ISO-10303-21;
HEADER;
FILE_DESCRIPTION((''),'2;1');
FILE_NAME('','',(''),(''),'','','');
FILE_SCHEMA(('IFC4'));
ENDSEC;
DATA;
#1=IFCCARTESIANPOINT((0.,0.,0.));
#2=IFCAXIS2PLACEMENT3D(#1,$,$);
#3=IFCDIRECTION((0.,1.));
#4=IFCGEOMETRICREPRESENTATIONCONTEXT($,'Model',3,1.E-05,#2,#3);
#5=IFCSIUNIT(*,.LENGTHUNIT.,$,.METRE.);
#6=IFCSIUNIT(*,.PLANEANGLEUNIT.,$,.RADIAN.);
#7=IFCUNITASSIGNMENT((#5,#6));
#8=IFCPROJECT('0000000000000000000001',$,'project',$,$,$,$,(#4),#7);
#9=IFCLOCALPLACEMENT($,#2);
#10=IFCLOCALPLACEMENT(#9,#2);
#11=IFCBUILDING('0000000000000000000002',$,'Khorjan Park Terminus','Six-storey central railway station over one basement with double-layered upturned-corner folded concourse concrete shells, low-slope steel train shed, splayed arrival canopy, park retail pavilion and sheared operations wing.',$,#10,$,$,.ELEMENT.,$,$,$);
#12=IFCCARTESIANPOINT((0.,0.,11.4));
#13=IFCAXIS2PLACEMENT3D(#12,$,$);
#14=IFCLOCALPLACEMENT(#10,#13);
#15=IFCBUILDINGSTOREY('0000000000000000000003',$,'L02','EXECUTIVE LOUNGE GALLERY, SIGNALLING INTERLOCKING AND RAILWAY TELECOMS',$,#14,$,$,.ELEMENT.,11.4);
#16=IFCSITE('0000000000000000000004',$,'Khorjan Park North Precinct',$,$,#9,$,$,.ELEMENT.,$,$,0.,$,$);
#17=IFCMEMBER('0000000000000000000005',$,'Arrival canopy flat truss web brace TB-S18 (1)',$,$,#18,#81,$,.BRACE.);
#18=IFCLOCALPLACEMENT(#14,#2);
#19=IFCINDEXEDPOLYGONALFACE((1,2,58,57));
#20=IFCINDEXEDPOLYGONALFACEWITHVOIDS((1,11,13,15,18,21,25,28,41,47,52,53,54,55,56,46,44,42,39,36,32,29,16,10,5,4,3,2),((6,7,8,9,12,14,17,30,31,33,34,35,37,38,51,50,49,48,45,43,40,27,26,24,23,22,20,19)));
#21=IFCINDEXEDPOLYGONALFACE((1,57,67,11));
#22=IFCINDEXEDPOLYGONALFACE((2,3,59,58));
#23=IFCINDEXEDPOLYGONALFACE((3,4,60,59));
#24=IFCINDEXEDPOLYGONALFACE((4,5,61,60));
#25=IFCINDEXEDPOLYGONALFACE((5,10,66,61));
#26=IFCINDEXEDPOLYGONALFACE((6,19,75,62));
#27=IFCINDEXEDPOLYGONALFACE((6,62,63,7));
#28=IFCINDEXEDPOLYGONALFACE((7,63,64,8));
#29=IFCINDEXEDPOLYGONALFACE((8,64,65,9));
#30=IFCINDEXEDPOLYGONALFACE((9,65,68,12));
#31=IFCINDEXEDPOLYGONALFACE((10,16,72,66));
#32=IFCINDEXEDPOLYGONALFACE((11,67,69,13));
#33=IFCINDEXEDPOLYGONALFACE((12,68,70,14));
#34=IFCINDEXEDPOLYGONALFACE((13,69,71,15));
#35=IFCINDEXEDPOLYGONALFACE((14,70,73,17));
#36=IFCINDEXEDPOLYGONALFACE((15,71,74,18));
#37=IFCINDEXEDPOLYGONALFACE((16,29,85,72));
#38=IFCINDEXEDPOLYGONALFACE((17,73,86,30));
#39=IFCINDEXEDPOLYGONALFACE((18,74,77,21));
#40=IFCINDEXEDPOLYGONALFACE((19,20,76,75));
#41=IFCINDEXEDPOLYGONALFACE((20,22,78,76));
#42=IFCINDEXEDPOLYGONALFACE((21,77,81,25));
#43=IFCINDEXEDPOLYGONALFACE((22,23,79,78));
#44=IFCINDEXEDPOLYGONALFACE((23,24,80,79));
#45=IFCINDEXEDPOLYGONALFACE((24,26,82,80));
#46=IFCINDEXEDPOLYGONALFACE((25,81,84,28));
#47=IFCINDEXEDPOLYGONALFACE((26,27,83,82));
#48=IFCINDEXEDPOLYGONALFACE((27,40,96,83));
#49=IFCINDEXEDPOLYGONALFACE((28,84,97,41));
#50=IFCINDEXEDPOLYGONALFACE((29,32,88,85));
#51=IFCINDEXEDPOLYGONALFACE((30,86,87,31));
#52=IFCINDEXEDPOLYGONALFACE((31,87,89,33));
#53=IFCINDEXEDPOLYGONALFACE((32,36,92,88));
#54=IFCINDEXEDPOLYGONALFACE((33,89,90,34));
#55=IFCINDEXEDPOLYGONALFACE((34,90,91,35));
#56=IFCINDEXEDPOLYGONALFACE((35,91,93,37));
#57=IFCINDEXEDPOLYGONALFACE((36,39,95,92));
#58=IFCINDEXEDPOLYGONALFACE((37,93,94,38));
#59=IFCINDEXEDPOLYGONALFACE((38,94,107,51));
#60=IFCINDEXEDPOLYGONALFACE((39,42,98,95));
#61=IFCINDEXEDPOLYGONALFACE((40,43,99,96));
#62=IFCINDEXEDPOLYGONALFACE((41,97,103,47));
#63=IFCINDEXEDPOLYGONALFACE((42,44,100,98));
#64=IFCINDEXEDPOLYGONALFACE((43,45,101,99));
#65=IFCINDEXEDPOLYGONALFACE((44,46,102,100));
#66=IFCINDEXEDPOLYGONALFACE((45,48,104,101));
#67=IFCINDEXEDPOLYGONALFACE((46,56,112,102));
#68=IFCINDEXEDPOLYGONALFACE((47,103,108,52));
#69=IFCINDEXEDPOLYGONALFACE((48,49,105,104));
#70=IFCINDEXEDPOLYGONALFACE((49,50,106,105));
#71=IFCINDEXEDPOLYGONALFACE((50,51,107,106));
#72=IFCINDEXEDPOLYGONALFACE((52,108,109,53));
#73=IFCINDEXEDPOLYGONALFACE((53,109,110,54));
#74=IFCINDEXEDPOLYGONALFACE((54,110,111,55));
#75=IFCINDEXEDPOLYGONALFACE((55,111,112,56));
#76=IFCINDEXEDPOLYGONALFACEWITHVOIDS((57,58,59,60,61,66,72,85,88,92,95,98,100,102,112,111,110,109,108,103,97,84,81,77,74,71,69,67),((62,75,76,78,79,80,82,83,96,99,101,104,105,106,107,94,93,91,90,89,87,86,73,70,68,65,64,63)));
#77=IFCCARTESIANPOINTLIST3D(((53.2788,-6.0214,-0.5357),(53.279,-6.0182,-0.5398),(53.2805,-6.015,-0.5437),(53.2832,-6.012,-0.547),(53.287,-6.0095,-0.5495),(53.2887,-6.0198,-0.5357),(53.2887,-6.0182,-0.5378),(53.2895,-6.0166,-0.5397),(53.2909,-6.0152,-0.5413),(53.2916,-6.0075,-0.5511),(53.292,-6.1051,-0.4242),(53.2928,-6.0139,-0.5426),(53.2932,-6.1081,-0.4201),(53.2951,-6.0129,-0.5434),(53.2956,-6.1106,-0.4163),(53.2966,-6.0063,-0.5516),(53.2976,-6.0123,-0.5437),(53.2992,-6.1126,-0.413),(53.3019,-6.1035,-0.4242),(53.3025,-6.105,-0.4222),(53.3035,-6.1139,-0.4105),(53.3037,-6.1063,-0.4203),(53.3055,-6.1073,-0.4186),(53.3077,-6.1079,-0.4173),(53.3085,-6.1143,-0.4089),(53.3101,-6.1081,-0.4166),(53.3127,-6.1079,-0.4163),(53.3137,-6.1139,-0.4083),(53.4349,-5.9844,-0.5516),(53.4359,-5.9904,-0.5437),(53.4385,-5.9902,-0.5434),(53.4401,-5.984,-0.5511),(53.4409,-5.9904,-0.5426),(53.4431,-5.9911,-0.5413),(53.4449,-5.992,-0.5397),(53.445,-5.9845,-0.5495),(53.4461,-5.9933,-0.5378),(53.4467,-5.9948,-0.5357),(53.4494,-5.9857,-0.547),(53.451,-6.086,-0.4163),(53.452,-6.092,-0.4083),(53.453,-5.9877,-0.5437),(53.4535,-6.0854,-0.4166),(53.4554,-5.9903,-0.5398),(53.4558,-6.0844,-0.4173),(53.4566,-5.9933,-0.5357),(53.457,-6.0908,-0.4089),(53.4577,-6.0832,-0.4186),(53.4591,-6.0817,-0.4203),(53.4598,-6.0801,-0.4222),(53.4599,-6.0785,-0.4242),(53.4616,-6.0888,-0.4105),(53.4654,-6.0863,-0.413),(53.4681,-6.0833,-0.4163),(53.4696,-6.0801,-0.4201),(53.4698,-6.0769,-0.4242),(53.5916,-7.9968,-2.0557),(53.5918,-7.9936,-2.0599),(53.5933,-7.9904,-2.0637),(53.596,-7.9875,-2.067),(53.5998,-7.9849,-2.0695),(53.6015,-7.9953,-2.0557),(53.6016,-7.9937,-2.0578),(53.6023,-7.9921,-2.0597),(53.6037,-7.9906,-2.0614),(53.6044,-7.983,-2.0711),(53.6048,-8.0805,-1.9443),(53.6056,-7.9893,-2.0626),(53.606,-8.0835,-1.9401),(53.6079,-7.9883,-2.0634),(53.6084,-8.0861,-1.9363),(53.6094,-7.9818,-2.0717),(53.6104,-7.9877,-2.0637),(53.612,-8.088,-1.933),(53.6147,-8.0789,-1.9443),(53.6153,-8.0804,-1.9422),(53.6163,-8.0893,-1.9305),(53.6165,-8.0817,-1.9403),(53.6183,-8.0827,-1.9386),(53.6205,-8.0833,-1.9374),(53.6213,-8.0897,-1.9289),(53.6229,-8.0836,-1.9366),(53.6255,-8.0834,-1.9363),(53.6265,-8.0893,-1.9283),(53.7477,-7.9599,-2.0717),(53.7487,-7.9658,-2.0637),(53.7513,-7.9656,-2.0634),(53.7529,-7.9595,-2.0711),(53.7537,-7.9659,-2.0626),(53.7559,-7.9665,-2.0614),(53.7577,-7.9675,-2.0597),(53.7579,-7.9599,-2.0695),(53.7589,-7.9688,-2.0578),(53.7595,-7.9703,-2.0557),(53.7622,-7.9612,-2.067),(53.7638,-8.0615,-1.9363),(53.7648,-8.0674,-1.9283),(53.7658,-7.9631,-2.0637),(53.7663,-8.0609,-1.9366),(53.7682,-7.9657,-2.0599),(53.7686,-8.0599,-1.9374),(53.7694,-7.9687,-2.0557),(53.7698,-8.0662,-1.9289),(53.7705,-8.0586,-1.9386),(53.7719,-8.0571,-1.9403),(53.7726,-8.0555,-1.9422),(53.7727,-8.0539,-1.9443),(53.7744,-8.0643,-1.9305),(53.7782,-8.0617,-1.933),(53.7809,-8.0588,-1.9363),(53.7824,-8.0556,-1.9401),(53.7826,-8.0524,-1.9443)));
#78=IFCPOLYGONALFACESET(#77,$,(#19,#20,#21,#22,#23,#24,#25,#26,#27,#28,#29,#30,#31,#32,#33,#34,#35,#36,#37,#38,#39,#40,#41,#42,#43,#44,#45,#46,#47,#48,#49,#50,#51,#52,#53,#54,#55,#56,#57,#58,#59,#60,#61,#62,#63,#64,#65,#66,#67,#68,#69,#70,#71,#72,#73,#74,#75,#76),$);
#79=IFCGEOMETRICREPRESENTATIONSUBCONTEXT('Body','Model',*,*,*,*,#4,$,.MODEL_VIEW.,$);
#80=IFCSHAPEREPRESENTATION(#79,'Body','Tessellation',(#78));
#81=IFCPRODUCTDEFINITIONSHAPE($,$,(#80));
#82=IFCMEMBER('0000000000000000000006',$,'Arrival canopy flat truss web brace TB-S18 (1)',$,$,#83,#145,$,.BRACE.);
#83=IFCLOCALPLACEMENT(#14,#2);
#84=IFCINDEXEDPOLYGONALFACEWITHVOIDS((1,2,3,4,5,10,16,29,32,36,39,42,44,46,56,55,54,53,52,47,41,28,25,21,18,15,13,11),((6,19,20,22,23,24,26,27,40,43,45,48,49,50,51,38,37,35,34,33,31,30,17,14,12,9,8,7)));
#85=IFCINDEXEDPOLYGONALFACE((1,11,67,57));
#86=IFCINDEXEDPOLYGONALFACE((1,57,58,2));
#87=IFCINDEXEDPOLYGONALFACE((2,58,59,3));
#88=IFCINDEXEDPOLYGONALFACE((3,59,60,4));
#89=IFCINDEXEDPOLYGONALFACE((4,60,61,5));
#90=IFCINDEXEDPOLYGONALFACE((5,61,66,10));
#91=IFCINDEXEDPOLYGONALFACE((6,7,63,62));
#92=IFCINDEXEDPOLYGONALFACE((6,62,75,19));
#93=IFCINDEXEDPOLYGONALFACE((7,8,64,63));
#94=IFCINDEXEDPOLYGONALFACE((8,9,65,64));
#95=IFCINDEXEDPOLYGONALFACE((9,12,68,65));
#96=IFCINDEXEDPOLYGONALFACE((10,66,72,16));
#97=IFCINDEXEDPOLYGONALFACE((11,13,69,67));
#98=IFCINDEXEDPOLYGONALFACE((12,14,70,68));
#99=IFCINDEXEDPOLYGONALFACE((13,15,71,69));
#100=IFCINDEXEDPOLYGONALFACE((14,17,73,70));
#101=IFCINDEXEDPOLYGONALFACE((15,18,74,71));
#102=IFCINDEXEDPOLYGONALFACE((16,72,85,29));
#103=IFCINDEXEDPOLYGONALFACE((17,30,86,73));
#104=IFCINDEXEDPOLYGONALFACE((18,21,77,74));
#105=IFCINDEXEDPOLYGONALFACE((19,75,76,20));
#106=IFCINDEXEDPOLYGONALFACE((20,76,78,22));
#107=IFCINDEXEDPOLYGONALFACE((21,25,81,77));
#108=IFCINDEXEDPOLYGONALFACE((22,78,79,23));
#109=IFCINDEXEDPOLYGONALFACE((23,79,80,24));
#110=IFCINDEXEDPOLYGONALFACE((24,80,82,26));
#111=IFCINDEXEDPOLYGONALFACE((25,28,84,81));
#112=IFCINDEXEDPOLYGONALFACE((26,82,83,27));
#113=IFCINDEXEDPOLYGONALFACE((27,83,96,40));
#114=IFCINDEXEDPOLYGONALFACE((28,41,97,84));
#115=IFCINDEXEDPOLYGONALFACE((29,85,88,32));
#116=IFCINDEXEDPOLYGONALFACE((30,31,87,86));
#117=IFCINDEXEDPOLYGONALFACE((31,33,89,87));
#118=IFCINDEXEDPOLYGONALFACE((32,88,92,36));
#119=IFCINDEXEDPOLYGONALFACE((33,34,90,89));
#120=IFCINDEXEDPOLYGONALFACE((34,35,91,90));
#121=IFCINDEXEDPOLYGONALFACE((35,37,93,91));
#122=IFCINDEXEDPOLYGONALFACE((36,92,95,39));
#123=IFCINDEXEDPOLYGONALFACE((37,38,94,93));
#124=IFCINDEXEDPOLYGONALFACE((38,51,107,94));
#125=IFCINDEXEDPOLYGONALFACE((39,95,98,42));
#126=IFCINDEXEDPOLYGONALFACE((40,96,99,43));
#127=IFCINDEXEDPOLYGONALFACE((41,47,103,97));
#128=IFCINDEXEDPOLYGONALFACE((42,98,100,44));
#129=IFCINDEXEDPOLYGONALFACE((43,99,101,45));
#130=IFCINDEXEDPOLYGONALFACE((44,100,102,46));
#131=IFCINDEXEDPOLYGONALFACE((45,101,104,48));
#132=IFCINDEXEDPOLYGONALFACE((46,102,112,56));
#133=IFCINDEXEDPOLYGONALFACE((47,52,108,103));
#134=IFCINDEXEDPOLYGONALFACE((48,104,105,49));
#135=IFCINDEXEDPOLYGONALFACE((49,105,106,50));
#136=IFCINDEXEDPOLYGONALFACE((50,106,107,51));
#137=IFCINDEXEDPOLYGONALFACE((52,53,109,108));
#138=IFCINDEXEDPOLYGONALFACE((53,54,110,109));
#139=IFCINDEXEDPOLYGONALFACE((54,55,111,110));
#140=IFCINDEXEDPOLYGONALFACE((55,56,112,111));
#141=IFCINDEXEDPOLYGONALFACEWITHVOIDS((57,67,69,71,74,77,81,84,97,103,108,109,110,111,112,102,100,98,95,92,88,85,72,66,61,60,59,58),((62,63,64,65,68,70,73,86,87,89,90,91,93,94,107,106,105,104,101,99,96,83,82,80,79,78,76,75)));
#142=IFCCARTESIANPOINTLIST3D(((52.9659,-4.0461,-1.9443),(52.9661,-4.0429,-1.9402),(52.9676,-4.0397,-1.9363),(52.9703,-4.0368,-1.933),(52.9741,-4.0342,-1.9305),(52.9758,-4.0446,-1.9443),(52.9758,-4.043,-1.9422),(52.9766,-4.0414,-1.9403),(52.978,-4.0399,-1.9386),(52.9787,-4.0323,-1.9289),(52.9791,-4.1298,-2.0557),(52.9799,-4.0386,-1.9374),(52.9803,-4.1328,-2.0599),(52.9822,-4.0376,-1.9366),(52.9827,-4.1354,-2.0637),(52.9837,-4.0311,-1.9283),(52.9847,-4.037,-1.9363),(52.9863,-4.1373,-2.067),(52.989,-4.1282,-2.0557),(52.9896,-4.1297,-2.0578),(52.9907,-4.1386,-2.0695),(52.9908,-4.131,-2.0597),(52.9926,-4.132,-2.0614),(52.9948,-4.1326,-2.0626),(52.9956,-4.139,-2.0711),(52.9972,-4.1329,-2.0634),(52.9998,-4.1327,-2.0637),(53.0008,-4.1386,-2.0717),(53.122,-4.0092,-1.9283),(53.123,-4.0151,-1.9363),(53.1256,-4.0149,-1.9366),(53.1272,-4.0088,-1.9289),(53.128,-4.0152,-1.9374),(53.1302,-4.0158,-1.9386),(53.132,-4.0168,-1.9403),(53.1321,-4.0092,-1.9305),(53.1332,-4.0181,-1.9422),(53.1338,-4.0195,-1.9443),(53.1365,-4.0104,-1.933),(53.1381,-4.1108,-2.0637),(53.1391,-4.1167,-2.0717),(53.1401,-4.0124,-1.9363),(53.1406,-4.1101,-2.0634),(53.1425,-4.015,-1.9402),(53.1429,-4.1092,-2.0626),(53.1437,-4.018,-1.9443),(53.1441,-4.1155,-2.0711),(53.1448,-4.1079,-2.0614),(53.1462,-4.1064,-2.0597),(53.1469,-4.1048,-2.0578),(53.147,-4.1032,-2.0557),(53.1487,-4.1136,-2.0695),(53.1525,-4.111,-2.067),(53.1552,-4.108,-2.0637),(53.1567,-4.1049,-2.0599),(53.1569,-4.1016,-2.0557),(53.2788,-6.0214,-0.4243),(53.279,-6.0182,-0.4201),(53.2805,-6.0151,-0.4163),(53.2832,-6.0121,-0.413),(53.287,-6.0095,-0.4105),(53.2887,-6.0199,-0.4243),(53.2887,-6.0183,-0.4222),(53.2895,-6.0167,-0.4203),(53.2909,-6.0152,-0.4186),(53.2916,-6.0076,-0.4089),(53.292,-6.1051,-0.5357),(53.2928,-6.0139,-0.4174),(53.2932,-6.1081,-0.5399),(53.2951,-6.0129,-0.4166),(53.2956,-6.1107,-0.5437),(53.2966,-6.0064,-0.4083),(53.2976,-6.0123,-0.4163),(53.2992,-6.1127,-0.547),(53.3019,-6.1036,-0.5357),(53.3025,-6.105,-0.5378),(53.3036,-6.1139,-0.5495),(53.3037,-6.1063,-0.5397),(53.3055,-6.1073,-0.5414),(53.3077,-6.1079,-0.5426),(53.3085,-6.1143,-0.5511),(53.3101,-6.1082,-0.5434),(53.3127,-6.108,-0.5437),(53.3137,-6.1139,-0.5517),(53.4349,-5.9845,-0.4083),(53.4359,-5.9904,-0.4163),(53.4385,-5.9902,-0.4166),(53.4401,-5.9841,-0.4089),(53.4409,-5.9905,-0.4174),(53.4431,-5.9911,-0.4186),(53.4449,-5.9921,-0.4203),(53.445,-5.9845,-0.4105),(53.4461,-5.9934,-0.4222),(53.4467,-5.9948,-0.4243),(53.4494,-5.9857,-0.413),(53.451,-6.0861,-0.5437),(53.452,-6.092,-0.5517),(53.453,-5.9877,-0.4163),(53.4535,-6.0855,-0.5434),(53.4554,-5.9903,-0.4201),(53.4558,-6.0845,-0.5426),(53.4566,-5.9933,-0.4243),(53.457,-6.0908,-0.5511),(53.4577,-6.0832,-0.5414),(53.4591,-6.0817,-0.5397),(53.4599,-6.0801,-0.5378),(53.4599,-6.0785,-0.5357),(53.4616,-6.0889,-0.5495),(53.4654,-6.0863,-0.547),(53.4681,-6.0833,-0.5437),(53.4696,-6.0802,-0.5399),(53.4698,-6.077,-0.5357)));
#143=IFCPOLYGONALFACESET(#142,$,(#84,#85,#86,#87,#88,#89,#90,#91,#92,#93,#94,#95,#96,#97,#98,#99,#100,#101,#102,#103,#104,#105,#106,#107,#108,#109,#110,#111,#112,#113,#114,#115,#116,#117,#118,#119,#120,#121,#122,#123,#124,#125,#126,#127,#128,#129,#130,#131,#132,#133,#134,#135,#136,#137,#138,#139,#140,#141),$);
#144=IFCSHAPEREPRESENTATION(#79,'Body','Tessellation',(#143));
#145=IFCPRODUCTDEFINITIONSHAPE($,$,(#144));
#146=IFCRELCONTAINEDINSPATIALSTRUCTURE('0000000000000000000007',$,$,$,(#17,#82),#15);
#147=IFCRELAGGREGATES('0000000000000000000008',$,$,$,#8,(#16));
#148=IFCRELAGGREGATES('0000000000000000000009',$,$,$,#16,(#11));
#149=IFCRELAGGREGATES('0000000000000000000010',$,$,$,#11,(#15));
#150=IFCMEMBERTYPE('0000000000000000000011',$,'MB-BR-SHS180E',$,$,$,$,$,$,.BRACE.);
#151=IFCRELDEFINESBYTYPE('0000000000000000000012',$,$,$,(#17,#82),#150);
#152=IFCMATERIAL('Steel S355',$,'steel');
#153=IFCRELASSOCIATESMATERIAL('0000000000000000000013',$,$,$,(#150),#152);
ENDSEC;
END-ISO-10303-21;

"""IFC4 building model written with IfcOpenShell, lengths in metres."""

from ifc_helpers import new_model, si_unit, direction, frame, origin, origin_2d, place, context, subcontext, project, spatial, hollow_rectangle, extrude, material, material_profile, profile_set, type_object, element, save


model = new_model("IFC4")

# Units and contexts
model_context = context("Model", 3, precision=1e-05, world=origin(), true_north=direction((0.0, 1.0)))
body_context = subcontext(model_context, "Body", "Model", "MODEL_VIEW")
ifc_project = project(units=[si_unit("LENGTHUNIT", "METRE"), si_unit("PLANEANGLEUNIT", "RADIAN")], contexts=[model_context])

# Site, building, storey
site_placement = place(None, origin())
site = spatial("IfcSite", under=ifc_project, at=site_placement, Name="Khorjan Park North Precinct", CompositionType="ELEMENT", RefElevation=0.0)
building_placement = place(site_placement, origin())
building = spatial("IfcBuilding", under=site, at=building_placement, Name="Khorjan Park Terminus", Description="Six-storey central railway station over one basement with double-layered upturned-corner folded concourse concrete shells, low-slope steel train shed, splayed arrival canopy, park retail pavilion and sheared operations wing.", CompositionType="ELEMENT")
storey_placement = place(building_placement, frame((0.0, 0.0, 11.4)))
storey = spatial("IfcBuildingStorey", under=building, at=storey_placement, Name="L02", Description="EXECUTIVE LOUNGE GALLERY, SIGNALLING INTERLOCKING AND RAILWAY TELECOMS", CompositionType="ELEMENT", Elevation=11.4)

# Members
ifc_material_1 = material(Name="Steel S355", Category="steel")
ifc_material_profile_1 = material_profile(ifc_material_1, hollow_rectangle(XDim=0.18, YDim=0.18, WallThickness=0.01, InnerFilletRadius=0.01, OuterFilletRadius=0.02, at=origin_2d()), Name="SHS 180x180x10")
ifc_profile_set_1 = profile_set([ifc_material_profile_1], Name="Steel S355")
member_type_1 = type_object("IfcMemberType", Name="MB-BR-SHS180E", PredefinedType="BRACE", material=ifc_profile_set_1)
member_1_placement = place(storey_placement, frame((53.6871, -8.0246, -2.0), z_axis=(-0.124519, 0.786366, 0.605081), x_axis=(-0.987694, -0.156399, 0.0)))
element("IfcMember", 1, at=member_1_placement, inside=storey, type_object=member_type_1, Name="Arrival canopy flat truss web brace TB-S18 (1)", PredefinedType="BRACE", context=body_context, shape_type="SweptSolid", body=[
    extrude(hollow_rectangle(XDim=0.18, YDim=0.18, WallThickness=0.01, InnerFilletRadius=0.01, OuterFilletRadius=0.02, at=origin_2d()), origin(), (0.0, 0.0, 1.0), 2.5121),
])
member_2_placement = place(storey_placement, frame((53.3743, -6.0492, -0.48), z_axis=(-0.124562, 0.786347, -0.605097), x_axis=(-0.987685, -0.156456, 0.0)))
element("IfcMember", 2, at=member_2_placement, inside=storey, type_object=member_type_1, Name="Arrival canopy flat truss web brace TB-S18 (1)", PredefinedType="BRACE", context=body_context, shape_type="SweptSolid", body=[
    extrude(hollow_rectangle(XDim=0.18, YDim=0.18, WallThickness=0.01, InnerFilletRadius=0.01, OuterFilletRadius=0.02, at=origin_2d()), origin(), (0.0, 0.0, 1.0), 2.512),
])

save(model, "model.ifc")
